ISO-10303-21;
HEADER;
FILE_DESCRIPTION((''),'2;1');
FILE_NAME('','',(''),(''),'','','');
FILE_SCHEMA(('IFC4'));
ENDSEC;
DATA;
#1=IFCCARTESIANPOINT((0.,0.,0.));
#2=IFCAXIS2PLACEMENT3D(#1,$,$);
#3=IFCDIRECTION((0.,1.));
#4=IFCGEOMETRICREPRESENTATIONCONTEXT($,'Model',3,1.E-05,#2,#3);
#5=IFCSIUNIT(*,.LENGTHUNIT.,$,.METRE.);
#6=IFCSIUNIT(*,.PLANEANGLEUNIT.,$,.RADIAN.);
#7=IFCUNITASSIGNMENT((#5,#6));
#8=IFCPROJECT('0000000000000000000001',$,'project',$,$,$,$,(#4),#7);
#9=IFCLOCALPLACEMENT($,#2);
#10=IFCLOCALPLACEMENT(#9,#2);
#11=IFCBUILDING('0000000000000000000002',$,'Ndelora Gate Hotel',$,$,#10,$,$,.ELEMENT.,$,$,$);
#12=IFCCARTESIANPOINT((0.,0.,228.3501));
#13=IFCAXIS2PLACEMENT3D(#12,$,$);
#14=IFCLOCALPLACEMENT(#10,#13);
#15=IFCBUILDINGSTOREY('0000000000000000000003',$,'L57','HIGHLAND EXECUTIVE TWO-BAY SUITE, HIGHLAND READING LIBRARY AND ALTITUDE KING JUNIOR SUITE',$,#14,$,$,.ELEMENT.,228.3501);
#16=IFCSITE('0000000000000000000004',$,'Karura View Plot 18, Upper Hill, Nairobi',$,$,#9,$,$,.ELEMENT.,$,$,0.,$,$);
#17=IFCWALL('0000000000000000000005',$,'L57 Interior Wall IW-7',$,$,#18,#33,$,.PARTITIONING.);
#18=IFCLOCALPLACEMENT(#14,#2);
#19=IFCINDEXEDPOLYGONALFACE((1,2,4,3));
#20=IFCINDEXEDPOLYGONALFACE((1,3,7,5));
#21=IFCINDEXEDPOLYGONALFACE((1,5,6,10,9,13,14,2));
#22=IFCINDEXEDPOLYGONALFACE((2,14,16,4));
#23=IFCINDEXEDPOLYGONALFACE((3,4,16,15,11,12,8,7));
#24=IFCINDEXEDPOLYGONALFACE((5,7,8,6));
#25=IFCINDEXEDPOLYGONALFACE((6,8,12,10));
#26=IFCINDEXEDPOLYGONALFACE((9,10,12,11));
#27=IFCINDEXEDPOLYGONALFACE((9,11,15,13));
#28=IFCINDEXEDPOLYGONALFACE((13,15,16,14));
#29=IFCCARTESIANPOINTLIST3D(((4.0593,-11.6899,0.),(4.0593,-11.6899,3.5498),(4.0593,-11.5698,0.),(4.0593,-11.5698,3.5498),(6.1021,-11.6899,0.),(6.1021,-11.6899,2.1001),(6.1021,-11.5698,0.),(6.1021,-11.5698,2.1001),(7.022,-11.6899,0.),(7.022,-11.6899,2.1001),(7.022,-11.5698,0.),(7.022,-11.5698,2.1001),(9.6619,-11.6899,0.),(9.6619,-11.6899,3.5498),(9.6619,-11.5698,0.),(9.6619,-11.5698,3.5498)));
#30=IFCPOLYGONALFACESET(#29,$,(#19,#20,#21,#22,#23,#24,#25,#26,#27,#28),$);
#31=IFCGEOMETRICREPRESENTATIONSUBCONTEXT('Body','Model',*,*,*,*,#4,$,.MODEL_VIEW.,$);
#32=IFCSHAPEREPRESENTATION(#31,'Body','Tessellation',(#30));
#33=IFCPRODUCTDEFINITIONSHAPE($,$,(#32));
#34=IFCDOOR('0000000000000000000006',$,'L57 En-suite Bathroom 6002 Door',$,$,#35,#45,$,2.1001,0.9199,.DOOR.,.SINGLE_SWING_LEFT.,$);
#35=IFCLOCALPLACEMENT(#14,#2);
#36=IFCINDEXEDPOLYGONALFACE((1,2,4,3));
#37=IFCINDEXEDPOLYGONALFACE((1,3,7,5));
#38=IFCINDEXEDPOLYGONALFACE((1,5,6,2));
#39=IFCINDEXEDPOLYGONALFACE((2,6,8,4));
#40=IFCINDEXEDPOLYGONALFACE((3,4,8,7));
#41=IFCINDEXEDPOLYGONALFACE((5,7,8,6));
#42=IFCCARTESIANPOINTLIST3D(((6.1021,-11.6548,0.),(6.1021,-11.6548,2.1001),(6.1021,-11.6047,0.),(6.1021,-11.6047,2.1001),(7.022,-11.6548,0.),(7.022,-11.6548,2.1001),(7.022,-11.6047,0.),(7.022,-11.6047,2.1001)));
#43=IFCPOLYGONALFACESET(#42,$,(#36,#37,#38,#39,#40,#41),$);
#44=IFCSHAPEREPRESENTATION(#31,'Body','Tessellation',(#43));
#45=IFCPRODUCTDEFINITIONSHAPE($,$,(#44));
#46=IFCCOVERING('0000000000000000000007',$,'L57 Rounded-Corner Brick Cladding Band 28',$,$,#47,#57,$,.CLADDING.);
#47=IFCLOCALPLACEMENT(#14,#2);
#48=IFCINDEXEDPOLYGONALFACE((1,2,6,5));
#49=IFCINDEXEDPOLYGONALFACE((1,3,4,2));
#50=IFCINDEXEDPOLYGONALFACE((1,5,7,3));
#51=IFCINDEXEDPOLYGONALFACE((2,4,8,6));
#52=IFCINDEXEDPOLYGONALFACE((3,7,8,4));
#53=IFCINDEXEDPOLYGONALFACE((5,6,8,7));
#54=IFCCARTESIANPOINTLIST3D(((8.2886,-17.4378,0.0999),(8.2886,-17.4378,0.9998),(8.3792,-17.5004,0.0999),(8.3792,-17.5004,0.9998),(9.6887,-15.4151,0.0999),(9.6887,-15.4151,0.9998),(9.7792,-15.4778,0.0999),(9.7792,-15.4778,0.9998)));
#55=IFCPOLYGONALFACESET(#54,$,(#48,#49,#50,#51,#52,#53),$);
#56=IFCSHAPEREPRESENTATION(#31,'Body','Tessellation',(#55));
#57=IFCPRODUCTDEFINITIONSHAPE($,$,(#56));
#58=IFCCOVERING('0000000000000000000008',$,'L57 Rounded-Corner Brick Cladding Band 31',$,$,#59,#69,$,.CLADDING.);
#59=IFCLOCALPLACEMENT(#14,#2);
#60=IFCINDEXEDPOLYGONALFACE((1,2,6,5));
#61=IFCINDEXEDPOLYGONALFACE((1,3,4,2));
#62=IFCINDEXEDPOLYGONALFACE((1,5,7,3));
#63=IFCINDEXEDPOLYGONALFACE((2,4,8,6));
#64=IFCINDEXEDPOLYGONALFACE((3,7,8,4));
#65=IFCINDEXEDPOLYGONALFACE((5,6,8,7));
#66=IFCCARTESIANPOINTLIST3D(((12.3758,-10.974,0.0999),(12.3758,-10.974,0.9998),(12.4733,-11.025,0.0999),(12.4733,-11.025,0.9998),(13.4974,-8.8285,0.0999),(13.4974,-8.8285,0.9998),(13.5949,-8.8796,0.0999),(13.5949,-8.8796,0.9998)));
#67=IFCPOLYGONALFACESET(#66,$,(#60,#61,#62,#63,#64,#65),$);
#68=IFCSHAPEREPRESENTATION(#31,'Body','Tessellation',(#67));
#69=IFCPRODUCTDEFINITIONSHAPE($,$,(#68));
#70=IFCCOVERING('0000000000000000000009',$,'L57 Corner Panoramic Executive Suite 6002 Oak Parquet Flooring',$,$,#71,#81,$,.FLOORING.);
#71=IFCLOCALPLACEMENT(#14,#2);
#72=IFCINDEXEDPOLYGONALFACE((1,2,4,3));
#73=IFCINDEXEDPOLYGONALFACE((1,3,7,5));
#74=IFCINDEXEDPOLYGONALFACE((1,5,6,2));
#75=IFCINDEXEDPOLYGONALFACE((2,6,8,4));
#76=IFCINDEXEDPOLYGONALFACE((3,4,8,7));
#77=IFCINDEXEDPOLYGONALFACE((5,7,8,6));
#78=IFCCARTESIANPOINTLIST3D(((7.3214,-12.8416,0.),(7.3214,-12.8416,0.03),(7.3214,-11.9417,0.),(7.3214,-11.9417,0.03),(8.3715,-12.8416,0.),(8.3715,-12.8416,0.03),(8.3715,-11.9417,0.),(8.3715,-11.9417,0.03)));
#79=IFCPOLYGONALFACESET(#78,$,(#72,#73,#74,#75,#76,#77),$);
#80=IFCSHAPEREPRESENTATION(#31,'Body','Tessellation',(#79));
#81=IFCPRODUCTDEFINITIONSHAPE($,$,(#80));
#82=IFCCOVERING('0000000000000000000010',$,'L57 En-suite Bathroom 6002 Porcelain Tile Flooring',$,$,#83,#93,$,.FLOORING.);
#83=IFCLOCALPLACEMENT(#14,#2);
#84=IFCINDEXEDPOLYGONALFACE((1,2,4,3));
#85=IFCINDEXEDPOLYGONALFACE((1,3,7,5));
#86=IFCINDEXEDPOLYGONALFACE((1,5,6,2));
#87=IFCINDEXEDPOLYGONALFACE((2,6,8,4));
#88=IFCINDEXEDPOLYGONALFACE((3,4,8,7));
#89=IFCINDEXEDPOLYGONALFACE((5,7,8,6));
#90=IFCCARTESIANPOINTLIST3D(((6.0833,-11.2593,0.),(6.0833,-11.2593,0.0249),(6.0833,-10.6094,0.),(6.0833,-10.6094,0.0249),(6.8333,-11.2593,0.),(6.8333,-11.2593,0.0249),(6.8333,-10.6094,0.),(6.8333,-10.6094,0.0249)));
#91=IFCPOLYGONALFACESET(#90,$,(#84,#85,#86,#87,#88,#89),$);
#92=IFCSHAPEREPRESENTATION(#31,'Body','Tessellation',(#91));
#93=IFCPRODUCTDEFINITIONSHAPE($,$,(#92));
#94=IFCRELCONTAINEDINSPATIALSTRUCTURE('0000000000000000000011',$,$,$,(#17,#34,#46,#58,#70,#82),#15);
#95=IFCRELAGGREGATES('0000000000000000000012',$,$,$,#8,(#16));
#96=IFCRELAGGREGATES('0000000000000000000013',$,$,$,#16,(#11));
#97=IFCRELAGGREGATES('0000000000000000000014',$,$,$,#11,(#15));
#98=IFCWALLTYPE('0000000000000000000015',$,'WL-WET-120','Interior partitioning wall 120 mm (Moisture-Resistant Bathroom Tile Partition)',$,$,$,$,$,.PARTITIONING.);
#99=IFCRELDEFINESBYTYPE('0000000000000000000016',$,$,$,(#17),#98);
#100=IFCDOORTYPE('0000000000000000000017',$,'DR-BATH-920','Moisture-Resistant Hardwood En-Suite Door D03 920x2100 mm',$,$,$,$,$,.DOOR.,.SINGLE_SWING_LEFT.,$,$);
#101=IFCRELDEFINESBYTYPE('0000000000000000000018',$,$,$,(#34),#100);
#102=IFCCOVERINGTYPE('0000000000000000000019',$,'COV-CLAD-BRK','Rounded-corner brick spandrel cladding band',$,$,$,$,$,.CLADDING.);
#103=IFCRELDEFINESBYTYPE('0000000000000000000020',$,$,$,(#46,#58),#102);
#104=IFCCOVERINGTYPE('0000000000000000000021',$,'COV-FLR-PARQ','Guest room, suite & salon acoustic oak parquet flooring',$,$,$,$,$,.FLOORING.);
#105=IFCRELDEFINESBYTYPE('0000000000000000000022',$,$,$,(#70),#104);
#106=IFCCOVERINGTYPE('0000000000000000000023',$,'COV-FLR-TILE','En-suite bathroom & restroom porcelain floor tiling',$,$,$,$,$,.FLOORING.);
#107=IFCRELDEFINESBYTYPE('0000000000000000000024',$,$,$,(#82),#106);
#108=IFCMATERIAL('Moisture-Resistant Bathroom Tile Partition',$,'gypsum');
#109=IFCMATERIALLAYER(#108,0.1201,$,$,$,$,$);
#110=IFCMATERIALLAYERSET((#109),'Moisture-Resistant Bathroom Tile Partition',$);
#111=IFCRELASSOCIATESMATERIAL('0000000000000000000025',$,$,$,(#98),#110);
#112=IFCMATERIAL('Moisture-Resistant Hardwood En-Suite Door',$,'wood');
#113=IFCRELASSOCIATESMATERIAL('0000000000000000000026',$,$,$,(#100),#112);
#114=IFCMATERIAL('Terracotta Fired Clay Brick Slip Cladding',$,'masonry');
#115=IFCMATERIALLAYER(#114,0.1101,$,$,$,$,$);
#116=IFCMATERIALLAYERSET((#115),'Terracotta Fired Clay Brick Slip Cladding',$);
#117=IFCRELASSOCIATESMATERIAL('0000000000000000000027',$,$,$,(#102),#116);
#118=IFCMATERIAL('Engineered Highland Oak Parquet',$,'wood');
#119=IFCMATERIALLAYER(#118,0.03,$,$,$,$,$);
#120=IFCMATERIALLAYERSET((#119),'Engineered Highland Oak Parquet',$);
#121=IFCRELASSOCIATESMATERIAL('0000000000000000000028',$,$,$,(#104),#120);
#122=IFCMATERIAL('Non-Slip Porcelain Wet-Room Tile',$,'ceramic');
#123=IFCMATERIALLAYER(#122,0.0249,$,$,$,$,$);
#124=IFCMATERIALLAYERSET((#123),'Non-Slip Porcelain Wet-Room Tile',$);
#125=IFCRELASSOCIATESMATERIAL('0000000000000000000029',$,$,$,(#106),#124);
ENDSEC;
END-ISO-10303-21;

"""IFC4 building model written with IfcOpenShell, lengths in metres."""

from ifc_helpers import new_model, si_unit, direction, frame, frame_2d, origin, origin_2d, place, context, subcontext, project, spatial, rectangle, extrude, material, layer, layer_set, type_object, element, fill, save


model = new_model("IFC4")

# Units and contexts
model_context = context("Model", 3, precision=1e-05, world=origin(), true_north=direction((0.0, 1.0)))
body_context = subcontext(model_context, "Body", "Model", "MODEL_VIEW")
ifc_project = project(units=[si_unit("LENGTHUNIT", "METRE"), si_unit("PLANEANGLEUNIT", "RADIAN")], contexts=[model_context])

# Site, building, storey
site_placement = place(None, origin())
site = spatial("IfcSite", under=ifc_project, at=site_placement, Name="Karura View Plot 18, Upper Hill, Nairobi", CompositionType="ELEMENT", RefElevation=0.0)
building_placement = place(site_placement, origin())
building = spatial("IfcBuilding", under=site, at=building_placement, Name="Ndelora Gate Hotel", CompositionType="ELEMENT")
storey_placement = place(building_placement, frame((0.0, 0.0, 228.3501)))
storey = spatial("IfcBuildingStorey", under=building, at=storey_placement, Name="L57", Description="HIGHLAND EXECUTIVE TWO-BAY SUITE, HIGHLAND READING LIBRARY AND ALTITUDE KING JUNIOR SUITE", CompositionType="ELEMENT", Elevation=228.3501)

# Shared definitions
ifc_material_1 = material(Name="Moisture-Resistant Bathroom Tile Partition", Category="gypsum")
ifc_layer_1 = layer(ifc_material_1, 0.1201)
ifc_layer_set_1 = layer_set([ifc_layer_1], Name="Moisture-Resistant Bathroom Tile Partition")
wall_type_1 = type_object("IfcWallType", Name="WL-WET-120", Description="Interior partitioning wall 120 mm (Moisture-Resistant Bathroom Tile Partition)", PredefinedType="PARTITIONING", material=ifc_layer_set_1)

# Wall, opening, door
wall_1_placement = place(storey_placement, frame((9.6619, -11.6299, 0.0), z_axis=(0.0, 0.0, 1.0), x_axis=(-1.0, 0.0, 0.0)))
wall_1 = element("IfcWall", 1, at=wall_1_placement, inside=storey, type_object=wall_type_1, Name="L57 Interior Wall IW-7", PredefinedType="PARTITIONING", context=body_context, shape_type="SweptSolid", body=[
    extrude(rectangle(XDim=5.6025, YDim=0.1201, at=frame_2d((2.8013, 0.0))), origin(), (0.0, 0.0, 1.0), 3.5498),
])
opening_1_placement = place(wall_1_placement, frame((2.6399, 0.0, 0.0)))
opening_1 = element("IfcOpeningElement", 2, at=opening_1_placement, cuts=wall_1, PredefinedType="OPENING", context=body_context, shape_type="SweptSolid", body=[
    extrude(rectangle(XDim=0.9199, YDim=2.1001, at=frame_2d((0.46, 1.05))), frame((0.0, 0.0701, 0.0), z_axis=(0.0, -1.0, 0.0), x_axis=(1.0, 0.0, 0.0)), (0.0, 0.0, 1.0), 0.1401),
])
ifc_material_2 = material(Name="Moisture-Resistant Hardwood En-Suite Door", Category="wood")
door_type_1 = type_object("IfcDoorType", Name="DR-BATH-920", Description="Moisture-Resistant Hardwood En-Suite Door D03 920x2100 mm", OperationType="SINGLE_SWING_LEFT", PredefinedType="DOOR", material=ifc_material_2)
door_1_placement = place(opening_1_placement, origin())
door_1 = element("IfcDoor", 3, at=door_1_placement, inside=storey, type_object=door_type_1, Name="L57 En-suite Bathroom 6002 Door", OperationType="SINGLE_SWING_LEFT", OverallHeight=2.1001, OverallWidth=0.9199, PredefinedType="DOOR", context=body_context, shape_type="SweptSolid", body=[
    extrude(rectangle(XDim=0.9199, YDim=2.1001, at=frame_2d((0.46, 1.05))), frame((0.0, 0.0249, 0.0), z_axis=(0.0, -1.0, 0.0), x_axis=(1.0, 0.0, 0.0)), (0.0, 0.0, 1.0), 0.05),
])
fill(opening_1, door_1)

# Coverings
ifc_material_3 = material(Name="Terracotta Fired Clay Brick Slip Cladding", Category="masonry")
ifc_layer_2 = layer(ifc_material_3, 0.1101)
ifc_layer_set_2 = layer_set([ifc_layer_2], Name="Terracotta Fired Clay Brick Slip Cladding")
covering_type_1 = type_object("IfcCoveringType", Name="COV-CLAD-BRK", Description="Rounded-corner brick spandrel cladding band", PredefinedType="CLADDING", material=ifc_layer_set_2)
covering_1_placement = place(storey_placement, frame((9.0339, -16.4578, 0.0999), z_axis=(0.0, 0.0, 1.0), x_axis=(0.569136, 0.822243, 0.0)))
element("IfcCovering", 4, at=covering_1_placement, inside=storey, type_object=covering_type_1, Name="L57 Rounded-Corner Brick Cladding Band 28", PredefinedType="CLADDING", context=body_context, shape_type="SweptSolid", body=[
    extrude(rectangle(XDim=2.46, YDim=0.1101, at=origin_2d()), origin(), (0.0, 0.0, 1.0), 0.8999),
])
covering_2_placement = place(storey_placement, frame((12.9854, -9.9268, 0.0999), z_axis=(0.0, 0.0, 1.0), x_axis=(0.463296, 0.886204, 0.0)))
element("IfcCovering", 5, at=covering_2_placement, inside=storey, type_object=covering_type_1, Name="L57 Rounded-Corner Brick Cladding Band 31", PredefinedType="CLADDING", context=body_context, shape_type="SweptSolid", body=[
    extrude(rectangle(XDim=2.4209, YDim=0.1101, at=origin_2d()), origin(), (0.0, 0.0, 1.0), 0.8999),
])
ifc_material_4 = material(Name="Engineered Highland Oak Parquet", Category="wood")
ifc_layer_3 = layer(ifc_material_4, 0.03)
ifc_layer_set_3 = layer_set([ifc_layer_3], Name="Engineered Highland Oak Parquet")
covering_type_2 = type_object("IfcCoveringType", Name="COV-FLR-PARQ", Description="Guest room, suite & salon acoustic oak parquet flooring", PredefinedType="FLOORING", material=ifc_layer_set_3)
covering_3_placement = place(storey_placement, frame((7.8464, -12.3916, 0.0), z_axis=(0.0, 0.0, 1.0), x_axis=(1.0, 0.0, 0.0)))
element("IfcCovering", 6, at=covering_3_placement, inside=storey, type_object=covering_type_2, Name="L57 Corner Panoramic Executive Suite 6002 Oak Parquet Flooring", PredefinedType="FLOORING", context=body_context, shape_type="SweptSolid", body=[
    extrude(rectangle(XDim=1.05, YDim=0.8999, at=origin_2d()), origin(), (0.0, 0.0, 1.0), 0.03),
])
ifc_material_5 = material(Name="Non-Slip Porcelain Wet-Room Tile", Category="ceramic")
ifc_layer_4 = layer(ifc_material_5, 0.0249)
ifc_layer_set_4 = layer_set([ifc_layer_4], Name="Non-Slip Porcelain Wet-Room Tile")
covering_type_3 = type_object("IfcCoveringType", Name="COV-FLR-TILE", Description="En-suite bathroom & restroom porcelain floor tiling", PredefinedType="FLOORING", material=ifc_layer_set_4)
covering_4_placement = place(storey_placement, frame((6.4583, -10.9343, 0.0), z_axis=(0.0, 0.0, 1.0), x_axis=(1.0, 0.0, 0.0)))
element("IfcCovering", 7, at=covering_4_placement, inside=storey, type_object=covering_type_3, Name="L57 En-suite Bathroom 6002 Porcelain Tile Flooring", PredefinedType="FLOORING", context=body_context, shape_type="SweptSolid", body=[
    extrude(rectangle(XDim=0.75, YDim=0.6499, at=origin_2d()), origin(), (0.0, 0.0, 1.0), 0.0249),
])

save(model, "model.ifc")
